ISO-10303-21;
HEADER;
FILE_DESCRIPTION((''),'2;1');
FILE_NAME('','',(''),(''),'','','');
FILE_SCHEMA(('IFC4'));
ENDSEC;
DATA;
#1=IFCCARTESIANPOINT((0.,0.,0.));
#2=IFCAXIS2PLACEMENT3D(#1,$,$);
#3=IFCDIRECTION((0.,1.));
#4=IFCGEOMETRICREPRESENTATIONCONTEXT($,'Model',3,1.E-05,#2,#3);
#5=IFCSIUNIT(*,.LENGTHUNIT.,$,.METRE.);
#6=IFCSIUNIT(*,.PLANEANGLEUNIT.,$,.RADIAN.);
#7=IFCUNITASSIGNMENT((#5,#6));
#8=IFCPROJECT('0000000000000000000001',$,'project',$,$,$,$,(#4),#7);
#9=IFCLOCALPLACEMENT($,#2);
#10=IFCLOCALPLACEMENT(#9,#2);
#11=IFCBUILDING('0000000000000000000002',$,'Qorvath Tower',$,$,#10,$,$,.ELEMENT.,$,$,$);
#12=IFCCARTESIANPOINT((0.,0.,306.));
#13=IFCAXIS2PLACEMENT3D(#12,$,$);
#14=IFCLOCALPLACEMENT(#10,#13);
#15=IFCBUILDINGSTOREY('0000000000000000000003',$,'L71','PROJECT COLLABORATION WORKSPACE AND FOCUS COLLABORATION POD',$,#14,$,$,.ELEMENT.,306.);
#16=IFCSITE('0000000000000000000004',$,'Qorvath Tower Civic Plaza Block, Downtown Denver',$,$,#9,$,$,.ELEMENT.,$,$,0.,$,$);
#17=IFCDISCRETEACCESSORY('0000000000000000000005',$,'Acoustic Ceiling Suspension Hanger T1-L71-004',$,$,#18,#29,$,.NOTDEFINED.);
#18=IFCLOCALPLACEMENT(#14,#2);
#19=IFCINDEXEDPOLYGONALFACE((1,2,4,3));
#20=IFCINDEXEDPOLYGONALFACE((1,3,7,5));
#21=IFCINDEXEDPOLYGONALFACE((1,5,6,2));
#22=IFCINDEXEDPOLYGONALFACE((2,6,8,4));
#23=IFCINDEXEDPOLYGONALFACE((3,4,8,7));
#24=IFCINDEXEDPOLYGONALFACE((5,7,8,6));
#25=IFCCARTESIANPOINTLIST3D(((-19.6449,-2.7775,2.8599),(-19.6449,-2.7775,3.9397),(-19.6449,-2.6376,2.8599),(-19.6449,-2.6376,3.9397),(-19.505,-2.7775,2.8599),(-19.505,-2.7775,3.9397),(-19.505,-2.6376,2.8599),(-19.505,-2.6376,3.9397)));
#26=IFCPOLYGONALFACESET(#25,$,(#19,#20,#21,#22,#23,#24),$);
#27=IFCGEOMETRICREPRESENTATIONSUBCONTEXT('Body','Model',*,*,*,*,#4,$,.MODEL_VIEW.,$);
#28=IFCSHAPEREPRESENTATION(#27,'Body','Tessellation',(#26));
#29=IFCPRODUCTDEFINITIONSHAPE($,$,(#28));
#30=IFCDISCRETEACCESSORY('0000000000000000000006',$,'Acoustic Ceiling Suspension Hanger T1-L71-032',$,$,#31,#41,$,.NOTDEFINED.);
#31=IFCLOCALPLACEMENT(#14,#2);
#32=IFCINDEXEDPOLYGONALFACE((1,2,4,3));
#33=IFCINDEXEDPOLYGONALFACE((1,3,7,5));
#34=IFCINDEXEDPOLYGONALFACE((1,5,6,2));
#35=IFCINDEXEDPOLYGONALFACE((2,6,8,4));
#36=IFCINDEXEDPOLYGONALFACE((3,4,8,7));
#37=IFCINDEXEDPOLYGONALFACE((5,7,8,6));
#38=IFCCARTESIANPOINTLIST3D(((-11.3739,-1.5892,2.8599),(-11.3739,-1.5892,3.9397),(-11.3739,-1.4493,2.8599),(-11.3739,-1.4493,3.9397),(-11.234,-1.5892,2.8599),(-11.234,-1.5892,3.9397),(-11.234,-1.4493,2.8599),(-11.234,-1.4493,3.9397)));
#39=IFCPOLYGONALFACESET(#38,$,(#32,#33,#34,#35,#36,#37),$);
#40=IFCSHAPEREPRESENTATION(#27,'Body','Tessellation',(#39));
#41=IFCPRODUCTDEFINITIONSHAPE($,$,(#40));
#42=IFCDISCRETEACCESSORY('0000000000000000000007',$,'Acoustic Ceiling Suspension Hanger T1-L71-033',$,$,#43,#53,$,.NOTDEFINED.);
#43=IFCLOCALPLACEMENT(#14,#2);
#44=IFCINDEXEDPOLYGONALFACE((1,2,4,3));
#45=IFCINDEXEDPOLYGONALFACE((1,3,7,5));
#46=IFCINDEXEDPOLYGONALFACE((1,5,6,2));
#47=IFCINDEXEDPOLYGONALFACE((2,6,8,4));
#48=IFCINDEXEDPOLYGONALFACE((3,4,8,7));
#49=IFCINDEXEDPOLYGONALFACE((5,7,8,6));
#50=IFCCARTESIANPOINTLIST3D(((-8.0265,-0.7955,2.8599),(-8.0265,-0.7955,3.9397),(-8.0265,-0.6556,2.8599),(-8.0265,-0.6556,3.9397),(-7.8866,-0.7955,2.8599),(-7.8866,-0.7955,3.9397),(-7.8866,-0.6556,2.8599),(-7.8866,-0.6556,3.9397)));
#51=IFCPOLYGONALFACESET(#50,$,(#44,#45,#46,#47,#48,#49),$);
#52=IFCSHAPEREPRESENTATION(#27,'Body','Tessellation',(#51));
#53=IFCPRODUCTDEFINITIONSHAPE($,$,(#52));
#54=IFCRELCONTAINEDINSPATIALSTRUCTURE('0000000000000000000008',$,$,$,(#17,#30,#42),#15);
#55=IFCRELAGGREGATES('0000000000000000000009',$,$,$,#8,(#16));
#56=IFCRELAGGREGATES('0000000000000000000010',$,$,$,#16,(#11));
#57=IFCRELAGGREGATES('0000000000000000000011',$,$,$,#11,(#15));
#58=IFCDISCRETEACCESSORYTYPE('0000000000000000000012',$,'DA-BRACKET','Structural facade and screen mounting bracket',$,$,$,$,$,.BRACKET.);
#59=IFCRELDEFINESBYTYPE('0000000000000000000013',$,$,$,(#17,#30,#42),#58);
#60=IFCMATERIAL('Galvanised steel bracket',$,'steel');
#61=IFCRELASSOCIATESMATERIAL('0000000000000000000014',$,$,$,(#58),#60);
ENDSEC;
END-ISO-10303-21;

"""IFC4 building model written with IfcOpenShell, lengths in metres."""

from ifc_helpers import new_model, si_unit, direction, frame, origin, origin_2d, place, context, subcontext, project, spatial, rectangle, extrude, material, type_object, element, save


model = new_model("IFC4")

# Units and contexts
model_context = context("Model", 3, precision=1e-05, world=origin(), true_north=direction((0.0, 1.0)))
body_context = subcontext(model_context, "Body", "Model", "MODEL_VIEW")
ifc_project = project(units=[si_unit("LENGTHUNIT", "METRE"), si_unit("PLANEANGLEUNIT", "RADIAN")], contexts=[model_context])

# Site, building, storey
site_placement = place(None, origin())
site = spatial("IfcSite", under=ifc_project, at=site_placement, Name="Qorvath Tower Civic Plaza Block, Downtown Denver", CompositionType="ELEMENT", RefElevation=0.0)
building_placement = place(site_placement, origin())
building = spatial("IfcBuilding", under=site, at=building_placement, Name="Qorvath Tower", CompositionType="ELEMENT")
storey_placement = place(building_placement, frame((0.0, 0.0, 306.0)))
storey = spatial("IfcBuildingStorey", under=building, at=storey_placement, Name="L71", Description="PROJECT COLLABORATION WORKSPACE AND FOCUS COLLABORATION POD", CompositionType="ELEMENT", Elevation=306.0)

# Discrete accessories
ifc_material_1 = material(Name="Galvanised steel bracket", Category="steel")
discrete_accessory_type = type_object("IfcDiscreteAccessoryType", Name="DA-BRACKET", Description="Structural facade and screen mounting bracket", PredefinedType="BRACKET", material=ifc_material_1)
for number, where, z_axis, x_axis, name in (
    (1, (-19.575, -2.7075, 2.8599), (0.0, 0.0, 1.0), (1.0, 0.0, 0.0), "Acoustic Ceiling Suspension Hanger T1-L71-004"),
    (2, (-11.304, -1.5193, 2.8599), (0.0, 0.0, 1.0), (1.0, 0.0, 0.0), "Acoustic Ceiling Suspension Hanger T1-L71-032"),
    (3, (-7.9565, -0.7256, 2.8599), (0.0, 0.0, 1.0), (1.0, 0.0, 0.0), "Acoustic Ceiling Suspension Hanger T1-L71-033"),
):
    element("IfcDiscreteAccessory", number, at=place(storey_placement, frame(where, z_axis=z_axis, x_axis=x_axis)), inside=storey, type_object=discrete_accessory_type, Name=name, PredefinedType="NOTDEFINED", context=body_context, shape_type="SweptSolid", body=[
        extrude(rectangle(XDim=0.1399, YDim=0.1399, at=origin_2d()), origin(), (0.0, 0.0, 1.0), 1.0798),
    ])

save(model, "model.ifc")
